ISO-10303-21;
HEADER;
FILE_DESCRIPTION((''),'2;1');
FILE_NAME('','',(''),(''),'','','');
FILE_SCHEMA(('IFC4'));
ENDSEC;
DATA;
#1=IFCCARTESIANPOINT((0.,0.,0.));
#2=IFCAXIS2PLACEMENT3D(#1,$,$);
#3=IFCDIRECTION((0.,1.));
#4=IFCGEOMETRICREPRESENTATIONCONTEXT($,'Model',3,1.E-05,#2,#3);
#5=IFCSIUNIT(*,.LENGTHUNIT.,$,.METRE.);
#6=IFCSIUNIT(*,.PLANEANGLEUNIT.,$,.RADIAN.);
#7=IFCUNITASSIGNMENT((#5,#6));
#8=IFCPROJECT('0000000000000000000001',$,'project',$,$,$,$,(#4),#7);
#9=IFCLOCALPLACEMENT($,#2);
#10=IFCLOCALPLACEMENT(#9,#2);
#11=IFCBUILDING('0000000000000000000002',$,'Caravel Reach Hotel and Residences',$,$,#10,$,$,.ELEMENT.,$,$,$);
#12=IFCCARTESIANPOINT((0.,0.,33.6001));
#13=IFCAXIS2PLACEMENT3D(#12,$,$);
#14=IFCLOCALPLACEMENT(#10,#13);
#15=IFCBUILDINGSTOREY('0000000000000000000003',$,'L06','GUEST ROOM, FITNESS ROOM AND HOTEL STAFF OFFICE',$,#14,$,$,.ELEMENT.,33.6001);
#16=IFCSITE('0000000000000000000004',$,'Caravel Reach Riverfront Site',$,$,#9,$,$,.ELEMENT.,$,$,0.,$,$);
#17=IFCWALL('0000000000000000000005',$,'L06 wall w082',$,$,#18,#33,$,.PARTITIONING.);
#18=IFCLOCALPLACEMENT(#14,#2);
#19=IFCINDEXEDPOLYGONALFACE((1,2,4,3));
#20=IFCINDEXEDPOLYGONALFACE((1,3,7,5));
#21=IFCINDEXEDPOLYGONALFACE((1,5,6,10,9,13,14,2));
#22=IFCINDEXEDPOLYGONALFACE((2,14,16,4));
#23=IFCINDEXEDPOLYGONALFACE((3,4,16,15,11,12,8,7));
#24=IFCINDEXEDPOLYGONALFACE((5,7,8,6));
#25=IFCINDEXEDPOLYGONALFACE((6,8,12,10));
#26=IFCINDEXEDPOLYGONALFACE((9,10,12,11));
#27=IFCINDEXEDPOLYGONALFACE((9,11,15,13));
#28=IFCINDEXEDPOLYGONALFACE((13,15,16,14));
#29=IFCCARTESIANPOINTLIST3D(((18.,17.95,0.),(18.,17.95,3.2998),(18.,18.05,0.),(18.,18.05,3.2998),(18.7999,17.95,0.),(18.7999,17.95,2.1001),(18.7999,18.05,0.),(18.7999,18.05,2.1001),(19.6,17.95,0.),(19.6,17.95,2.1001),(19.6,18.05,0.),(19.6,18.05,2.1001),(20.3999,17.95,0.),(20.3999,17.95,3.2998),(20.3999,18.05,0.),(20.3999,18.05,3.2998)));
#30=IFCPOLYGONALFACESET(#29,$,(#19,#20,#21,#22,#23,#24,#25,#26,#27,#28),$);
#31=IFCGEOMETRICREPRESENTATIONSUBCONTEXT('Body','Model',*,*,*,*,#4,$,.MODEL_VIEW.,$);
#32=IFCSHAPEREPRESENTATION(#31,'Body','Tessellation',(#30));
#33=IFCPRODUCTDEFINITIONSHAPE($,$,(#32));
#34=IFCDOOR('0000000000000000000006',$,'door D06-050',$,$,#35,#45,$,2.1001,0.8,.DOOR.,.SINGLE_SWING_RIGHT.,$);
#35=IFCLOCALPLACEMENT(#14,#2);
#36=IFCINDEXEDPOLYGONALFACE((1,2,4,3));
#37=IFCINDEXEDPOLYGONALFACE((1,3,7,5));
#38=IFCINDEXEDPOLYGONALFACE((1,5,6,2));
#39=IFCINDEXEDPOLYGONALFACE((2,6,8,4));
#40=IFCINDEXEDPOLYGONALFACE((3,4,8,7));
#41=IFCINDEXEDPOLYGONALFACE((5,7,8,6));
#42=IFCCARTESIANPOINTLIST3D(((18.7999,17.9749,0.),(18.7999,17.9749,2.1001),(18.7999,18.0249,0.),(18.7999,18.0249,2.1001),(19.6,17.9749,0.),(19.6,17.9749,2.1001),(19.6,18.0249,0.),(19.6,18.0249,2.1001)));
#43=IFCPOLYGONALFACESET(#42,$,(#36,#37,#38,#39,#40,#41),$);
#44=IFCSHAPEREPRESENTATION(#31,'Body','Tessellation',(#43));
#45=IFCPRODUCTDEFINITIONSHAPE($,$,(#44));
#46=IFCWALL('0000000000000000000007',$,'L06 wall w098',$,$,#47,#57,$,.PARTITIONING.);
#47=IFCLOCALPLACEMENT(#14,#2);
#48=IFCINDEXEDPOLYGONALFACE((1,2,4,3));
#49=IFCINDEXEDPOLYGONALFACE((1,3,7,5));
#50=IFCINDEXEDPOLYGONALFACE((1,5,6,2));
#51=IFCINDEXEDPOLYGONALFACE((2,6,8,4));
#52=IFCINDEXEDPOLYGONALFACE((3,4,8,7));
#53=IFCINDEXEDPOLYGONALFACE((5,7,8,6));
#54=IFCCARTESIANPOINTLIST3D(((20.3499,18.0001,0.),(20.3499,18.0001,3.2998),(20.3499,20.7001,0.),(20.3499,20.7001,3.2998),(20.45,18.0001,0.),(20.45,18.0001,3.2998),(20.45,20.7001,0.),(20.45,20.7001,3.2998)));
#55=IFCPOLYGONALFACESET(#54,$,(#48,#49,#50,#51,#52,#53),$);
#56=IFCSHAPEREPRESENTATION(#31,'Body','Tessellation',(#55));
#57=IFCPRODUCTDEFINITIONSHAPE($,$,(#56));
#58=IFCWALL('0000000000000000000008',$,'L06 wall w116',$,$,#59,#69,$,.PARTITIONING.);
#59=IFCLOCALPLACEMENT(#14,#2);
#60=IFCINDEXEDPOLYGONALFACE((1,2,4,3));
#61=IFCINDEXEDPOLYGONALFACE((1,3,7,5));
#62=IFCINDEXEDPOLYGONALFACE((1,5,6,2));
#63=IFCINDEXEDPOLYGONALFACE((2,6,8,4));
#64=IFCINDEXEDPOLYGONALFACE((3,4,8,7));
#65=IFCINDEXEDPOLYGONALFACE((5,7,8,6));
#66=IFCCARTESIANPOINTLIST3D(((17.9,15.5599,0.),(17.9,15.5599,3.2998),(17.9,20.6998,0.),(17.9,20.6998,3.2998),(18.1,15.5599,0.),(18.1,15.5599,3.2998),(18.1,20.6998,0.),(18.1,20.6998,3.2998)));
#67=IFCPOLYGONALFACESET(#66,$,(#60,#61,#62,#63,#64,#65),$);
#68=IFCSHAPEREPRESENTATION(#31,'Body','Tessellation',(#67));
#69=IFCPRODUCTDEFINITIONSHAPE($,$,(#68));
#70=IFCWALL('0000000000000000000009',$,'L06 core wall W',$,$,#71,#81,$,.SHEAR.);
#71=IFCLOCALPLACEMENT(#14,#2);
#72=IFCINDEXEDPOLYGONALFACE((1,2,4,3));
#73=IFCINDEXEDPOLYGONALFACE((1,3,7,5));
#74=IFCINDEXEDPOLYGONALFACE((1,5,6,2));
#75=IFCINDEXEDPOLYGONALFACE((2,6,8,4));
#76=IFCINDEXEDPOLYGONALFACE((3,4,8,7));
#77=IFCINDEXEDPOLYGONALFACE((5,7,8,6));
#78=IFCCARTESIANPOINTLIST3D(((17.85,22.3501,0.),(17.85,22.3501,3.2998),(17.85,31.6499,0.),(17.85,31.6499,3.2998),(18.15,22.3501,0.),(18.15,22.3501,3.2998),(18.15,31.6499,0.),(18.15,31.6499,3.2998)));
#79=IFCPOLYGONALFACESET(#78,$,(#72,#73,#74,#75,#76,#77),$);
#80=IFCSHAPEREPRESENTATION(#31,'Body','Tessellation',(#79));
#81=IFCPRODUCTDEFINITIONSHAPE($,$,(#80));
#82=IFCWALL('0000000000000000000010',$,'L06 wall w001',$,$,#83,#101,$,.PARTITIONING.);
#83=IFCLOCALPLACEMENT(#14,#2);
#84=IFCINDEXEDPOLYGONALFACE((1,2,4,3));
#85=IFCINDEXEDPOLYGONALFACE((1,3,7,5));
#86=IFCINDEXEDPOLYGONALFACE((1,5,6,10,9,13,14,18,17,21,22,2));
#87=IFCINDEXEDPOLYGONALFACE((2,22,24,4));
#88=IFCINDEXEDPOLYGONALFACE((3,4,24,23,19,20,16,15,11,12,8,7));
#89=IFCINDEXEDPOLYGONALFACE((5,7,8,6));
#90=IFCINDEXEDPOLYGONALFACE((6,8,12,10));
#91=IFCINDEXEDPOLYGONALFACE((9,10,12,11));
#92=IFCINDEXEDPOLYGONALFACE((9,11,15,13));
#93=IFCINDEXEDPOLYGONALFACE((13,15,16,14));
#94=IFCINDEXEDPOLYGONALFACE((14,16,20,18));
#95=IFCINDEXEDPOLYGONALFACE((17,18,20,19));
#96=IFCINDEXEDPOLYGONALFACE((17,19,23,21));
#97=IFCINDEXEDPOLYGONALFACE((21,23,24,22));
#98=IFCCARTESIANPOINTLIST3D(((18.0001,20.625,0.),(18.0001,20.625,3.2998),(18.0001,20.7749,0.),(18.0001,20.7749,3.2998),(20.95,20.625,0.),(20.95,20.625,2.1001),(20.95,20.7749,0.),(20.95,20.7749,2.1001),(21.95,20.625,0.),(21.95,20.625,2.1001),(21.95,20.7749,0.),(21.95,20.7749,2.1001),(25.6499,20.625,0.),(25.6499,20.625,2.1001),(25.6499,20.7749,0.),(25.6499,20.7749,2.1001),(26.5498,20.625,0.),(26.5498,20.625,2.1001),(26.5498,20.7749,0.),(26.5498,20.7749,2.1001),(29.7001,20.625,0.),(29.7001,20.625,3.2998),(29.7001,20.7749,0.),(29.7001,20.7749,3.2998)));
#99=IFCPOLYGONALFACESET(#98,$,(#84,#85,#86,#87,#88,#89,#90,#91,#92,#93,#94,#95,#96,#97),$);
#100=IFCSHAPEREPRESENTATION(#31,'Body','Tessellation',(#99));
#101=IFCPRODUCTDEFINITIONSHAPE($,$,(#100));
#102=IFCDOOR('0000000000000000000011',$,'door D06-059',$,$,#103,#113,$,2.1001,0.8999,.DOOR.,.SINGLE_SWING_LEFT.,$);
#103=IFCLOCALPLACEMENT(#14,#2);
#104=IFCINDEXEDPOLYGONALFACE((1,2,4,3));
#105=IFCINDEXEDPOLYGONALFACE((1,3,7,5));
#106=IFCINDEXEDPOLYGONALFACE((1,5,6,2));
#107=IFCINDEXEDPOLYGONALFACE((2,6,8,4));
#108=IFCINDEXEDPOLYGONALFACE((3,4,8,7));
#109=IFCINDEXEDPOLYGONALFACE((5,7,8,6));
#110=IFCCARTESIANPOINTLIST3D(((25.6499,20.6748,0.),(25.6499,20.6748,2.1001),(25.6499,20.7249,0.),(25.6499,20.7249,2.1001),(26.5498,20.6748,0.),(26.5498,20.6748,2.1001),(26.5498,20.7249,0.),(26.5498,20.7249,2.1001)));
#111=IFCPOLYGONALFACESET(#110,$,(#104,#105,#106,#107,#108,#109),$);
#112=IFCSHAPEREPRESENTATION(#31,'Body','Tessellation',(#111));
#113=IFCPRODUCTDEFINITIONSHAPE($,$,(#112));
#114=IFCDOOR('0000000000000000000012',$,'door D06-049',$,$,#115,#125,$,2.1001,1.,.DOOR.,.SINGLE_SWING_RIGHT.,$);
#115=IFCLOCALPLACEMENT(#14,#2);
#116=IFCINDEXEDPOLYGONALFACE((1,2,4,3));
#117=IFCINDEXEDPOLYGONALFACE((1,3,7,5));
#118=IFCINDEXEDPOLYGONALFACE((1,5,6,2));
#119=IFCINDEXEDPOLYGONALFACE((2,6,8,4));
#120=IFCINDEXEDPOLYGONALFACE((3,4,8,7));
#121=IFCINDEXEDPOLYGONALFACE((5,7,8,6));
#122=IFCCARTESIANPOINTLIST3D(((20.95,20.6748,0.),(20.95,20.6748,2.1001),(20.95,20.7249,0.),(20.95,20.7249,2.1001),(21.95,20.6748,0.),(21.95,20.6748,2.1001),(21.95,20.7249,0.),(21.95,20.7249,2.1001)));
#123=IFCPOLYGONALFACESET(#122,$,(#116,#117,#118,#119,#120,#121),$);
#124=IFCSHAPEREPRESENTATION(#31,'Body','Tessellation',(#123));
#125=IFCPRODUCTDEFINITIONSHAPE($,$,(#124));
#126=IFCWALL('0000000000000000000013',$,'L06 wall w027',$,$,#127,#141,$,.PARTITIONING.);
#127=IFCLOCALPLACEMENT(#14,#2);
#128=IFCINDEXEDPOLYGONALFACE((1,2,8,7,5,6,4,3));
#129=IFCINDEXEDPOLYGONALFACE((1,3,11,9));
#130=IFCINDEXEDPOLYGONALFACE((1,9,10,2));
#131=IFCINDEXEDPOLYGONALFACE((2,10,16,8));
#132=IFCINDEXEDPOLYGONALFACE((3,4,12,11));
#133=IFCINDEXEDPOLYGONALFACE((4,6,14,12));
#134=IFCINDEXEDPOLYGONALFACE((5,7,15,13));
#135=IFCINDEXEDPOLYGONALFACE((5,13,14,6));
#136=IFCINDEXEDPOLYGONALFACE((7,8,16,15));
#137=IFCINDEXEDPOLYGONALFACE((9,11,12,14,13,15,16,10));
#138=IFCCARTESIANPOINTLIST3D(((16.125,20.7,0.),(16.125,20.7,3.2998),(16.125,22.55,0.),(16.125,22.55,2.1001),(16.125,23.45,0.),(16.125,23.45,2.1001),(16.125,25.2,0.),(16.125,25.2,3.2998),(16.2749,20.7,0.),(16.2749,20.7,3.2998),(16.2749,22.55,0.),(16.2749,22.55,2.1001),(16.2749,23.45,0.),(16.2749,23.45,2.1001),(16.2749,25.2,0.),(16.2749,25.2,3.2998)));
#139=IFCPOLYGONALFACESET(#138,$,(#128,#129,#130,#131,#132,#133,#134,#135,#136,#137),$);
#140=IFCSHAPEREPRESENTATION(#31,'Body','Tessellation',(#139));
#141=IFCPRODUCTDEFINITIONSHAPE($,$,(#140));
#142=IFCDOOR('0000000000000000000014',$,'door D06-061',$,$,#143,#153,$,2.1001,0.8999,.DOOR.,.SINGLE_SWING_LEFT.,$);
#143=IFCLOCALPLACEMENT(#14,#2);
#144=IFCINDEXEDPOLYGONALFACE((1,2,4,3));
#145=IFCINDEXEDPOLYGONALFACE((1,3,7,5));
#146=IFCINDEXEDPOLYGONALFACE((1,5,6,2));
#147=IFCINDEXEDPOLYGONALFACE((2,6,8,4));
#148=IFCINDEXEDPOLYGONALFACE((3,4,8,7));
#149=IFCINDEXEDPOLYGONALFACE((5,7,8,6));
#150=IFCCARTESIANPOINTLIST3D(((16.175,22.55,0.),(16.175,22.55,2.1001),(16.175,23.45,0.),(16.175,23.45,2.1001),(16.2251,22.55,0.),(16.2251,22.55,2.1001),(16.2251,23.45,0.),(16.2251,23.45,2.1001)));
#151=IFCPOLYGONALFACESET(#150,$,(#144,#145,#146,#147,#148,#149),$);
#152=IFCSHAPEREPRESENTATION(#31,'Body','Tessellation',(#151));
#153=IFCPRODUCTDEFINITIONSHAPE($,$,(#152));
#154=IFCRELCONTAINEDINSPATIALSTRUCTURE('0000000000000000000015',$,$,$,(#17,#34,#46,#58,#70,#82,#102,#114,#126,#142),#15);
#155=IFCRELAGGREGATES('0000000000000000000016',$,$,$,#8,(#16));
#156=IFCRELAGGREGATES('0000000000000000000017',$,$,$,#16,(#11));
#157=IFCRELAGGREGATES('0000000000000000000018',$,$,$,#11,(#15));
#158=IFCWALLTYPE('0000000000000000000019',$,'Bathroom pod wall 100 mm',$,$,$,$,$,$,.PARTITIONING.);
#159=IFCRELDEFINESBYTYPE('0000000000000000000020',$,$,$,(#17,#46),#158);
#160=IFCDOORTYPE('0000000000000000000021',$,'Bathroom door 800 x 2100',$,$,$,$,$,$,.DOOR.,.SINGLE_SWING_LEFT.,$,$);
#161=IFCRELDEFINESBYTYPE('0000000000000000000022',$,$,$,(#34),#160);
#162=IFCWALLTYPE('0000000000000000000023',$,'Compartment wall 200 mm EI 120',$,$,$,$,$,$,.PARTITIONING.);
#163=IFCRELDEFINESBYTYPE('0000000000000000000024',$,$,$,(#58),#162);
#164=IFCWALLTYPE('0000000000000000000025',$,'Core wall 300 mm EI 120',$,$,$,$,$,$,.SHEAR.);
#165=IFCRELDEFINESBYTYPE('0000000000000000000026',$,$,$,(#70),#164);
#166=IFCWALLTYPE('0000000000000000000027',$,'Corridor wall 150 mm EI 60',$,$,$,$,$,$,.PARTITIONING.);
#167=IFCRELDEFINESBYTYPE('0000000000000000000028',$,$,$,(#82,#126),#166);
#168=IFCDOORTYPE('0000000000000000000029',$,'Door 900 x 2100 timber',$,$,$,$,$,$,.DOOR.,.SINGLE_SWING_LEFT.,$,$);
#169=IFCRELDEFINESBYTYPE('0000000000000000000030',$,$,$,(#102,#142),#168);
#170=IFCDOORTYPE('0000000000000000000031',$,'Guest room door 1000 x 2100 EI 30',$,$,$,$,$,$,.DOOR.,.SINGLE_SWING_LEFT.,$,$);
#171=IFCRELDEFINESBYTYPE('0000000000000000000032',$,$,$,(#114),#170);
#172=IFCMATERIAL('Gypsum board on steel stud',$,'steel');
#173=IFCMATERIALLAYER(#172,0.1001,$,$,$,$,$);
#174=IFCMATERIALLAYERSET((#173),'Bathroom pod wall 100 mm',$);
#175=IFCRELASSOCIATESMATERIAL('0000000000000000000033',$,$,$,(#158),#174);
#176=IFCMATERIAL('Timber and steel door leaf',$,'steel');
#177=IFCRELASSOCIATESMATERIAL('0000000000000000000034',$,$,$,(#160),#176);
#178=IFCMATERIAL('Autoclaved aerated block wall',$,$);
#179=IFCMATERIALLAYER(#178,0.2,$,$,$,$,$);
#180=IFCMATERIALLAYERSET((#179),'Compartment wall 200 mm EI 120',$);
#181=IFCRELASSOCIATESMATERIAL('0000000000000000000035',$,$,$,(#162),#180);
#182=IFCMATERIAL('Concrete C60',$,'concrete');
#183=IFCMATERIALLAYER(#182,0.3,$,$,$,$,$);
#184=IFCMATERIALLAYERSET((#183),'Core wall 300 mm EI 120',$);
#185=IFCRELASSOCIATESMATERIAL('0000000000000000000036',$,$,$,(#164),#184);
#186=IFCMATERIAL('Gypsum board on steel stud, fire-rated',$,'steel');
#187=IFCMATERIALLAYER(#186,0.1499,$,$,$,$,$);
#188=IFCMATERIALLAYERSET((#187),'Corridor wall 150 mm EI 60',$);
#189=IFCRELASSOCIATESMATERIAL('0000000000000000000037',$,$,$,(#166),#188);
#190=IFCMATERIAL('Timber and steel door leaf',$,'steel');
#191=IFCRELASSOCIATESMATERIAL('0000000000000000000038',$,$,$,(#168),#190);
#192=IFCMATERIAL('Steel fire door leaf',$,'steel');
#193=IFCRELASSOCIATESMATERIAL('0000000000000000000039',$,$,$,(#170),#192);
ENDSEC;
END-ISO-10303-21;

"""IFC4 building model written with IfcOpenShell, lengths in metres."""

from ifc_helpers import new_model, si_unit, direction, frame, frame_2d, origin, place, context, subcontext, project, spatial, rectangle, extrude, material, layer, layer_set, type_object, element, fill, save


model = new_model("IFC4")

# Units and contexts
model_context = context("Model", 3, precision=1e-05, world=origin(), true_north=direction((0.0, 1.0)))
body_context = subcontext(model_context, "Body", "Model", "MODEL_VIEW")
ifc_project = project(units=[si_unit("LENGTHUNIT", "METRE"), si_unit("PLANEANGLEUNIT", "RADIAN")], contexts=[model_context])

# Site, building, storey
site_placement = place(None, origin())
site = spatial("IfcSite", under=ifc_project, at=site_placement, Name="Caravel Reach Riverfront Site", CompositionType="ELEMENT", RefElevation=0.0)
building_placement = place(site_placement, origin())
building = spatial("IfcBuilding", under=site, at=building_placement, Name="Caravel Reach Hotel and Residences", CompositionType="ELEMENT")
storey_placement = place(building_placement, frame((0.0, 0.0, 33.6001)))
storey = spatial("IfcBuildingStorey", under=building, at=storey_placement, Name="L06", Description="GUEST ROOM, FITNESS ROOM AND HOTEL STAFF OFFICE", CompositionType="ELEMENT", Elevation=33.6001)

# Wall, opening, door
ifc_material_1 = material(Name="Gypsum board on steel stud", Category="steel")
ifc_layer_1 = layer(ifc_material_1, 0.1001)
ifc_layer_set_1 = layer_set([ifc_layer_1], Name="Bathroom pod wall 100 mm")
wall_type_1 = type_object("IfcWallType", Name="Bathroom pod wall 100 mm", PredefinedType="PARTITIONING", material=ifc_layer_set_1)
wall_1_placement = place(storey_placement, frame((18.0, 18.0, 0.0), z_axis=(0.0, 0.0, 1.0), x_axis=(1.0, 0.0, 0.0)))
wall_1 = element("IfcWall", 1, at=wall_1_placement, inside=storey, type_object=wall_type_1, Name="L06 wall w082", PredefinedType="PARTITIONING", context=body_context, shape_type="SweptSolid", body=[
    extrude(rectangle(XDim=2.3999, YDim=0.1001, at=frame_2d((1.2, 0.0))), origin(), (0.0, 0.0, 1.0), 3.2998),
])
opening_1_placement = place(wall_1_placement, frame((0.8, 0.0, 0.0)))
opening_1 = element("IfcOpeningElement", 2, at=opening_1_placement, cuts=wall_1, PredefinedType="OPENING", context=body_context, shape_type="SweptSolid", body=[
    extrude(rectangle(XDim=0.8, YDim=2.1001, at=frame_2d((0.3999, 1.05))), frame((0.0, 0.0601, 0.0), z_axis=(0.0, -1.0, 0.0), x_axis=(1.0, 0.0, 0.0)), (0.0, 0.0, 1.0), 0.1201),
])
ifc_material_2 = material(Name="Timber and steel door leaf", Category="steel")
door_type_1 = type_object("IfcDoorType", Name="Bathroom door 800 x 2100", OperationType="SINGLE_SWING_LEFT", PredefinedType="DOOR", material=ifc_material_2)
door_1_placement = place(opening_1_placement, origin())
door_1 = element("IfcDoor", 3, at=door_1_placement, inside=storey, type_object=door_type_1, Name="door D06-050", OperationType="SINGLE_SWING_RIGHT", OverallHeight=2.1001, OverallWidth=0.8, PredefinedType="DOOR", context=body_context, shape_type="SweptSolid", body=[
    extrude(rectangle(XDim=0.8, YDim=2.1001, at=frame_2d((0.3999, 1.05))), frame((0.0, 0.0249, 0.0), z_axis=(0.0, -1.0, 0.0), x_axis=(1.0, 0.0, 0.0)), (0.0, 0.0, 1.0), 0.05),
])
fill(opening_1, door_1)

# Walls
wall_2_placement = place(storey_placement, frame((20.3999, 18.0, 0.0), z_axis=(0.0, 0.0, 1.0), x_axis=(0.0, 1.0, 0.0)))
element("IfcWall", 4, at=wall_2_placement, inside=storey, type_object=wall_type_1, Name="L06 wall w098", PredefinedType="PARTITIONING", context=body_context, shape_type="SweptSolid", body=[
    extrude(rectangle(XDim=2.7, YDim=0.1001, at=frame_2d((1.3501, 0.0))), origin(), (0.0, 0.0, 1.0), 3.2998),
])
ifc_material_3 = material(Name="Autoclaved aerated block wall")
ifc_layer_2 = layer(ifc_material_3, 0.2)
ifc_layer_set_2 = layer_set([ifc_layer_2], Name="Compartment wall 200 mm EI 120")
wall_type_2 = type_object("IfcWallType", Name="Compartment wall 200 mm EI 120", PredefinedType="PARTITIONING", material=ifc_layer_set_2)
wall_3_placement = place(storey_placement, frame((18.0, 15.5601, 0.0), z_axis=(0.0, 0.0, 1.0), x_axis=(0.0, 1.0, 0.0)))
element("IfcWall", 5, at=wall_3_placement, inside=storey, type_object=wall_type_2, Name="L06 wall w116", PredefinedType="PARTITIONING", context=body_context, shape_type="SweptSolid", body=[
    extrude(rectangle(XDim=5.1399, YDim=0.2, at=frame_2d((2.5698, 0.0))), origin(), (0.0, 0.0, 1.0), 3.2998),
])
ifc_material_4 = material(Name="Concrete C60", Category="concrete")
ifc_layer_3 = layer(ifc_material_4, 0.3)
ifc_layer_set_3 = layer_set([ifc_layer_3], Name="Core wall 300 mm EI 120")
wall_type_3 = type_object("IfcWallType", Name="Core wall 300 mm EI 120", PredefinedType="SHEAR", material=ifc_layer_set_3)
wall_4_placement = place(storey_placement, frame((18.0, 22.3501, 0.0), z_axis=(0.0, 0.0, 1.0), x_axis=(0.0, 1.0, 0.0)))
element("IfcWall", 6, at=wall_4_placement, inside=storey, type_object=wall_type_3, Name="L06 core wall W", PredefinedType="SHEAR", context=body_context, shape_type="SweptSolid", body=[
    extrude(rectangle(XDim=9.2998, YDim=0.3, at=frame_2d((4.6499, 0.0))), origin(), (0.0, 0.0, 1.0), 3.2998),
])

# Wall, openings, doors
ifc_material_5 = material(Name="Gypsum board on steel stud, fire-rated", Category="steel")
ifc_layer_4 = layer(ifc_material_5, 0.1499)
ifc_layer_set_4 = layer_set([ifc_layer_4], Name="Corridor wall 150 mm EI 60")
wall_type_4 = type_object("IfcWallType", Name="Corridor wall 150 mm EI 60", PredefinedType="PARTITIONING", material=ifc_layer_set_4)
wall_5_placement = place(storey_placement, frame((18.0, 20.7, 0.0), z_axis=(0.0, 0.0, 1.0), x_axis=(1.0, 0.0, 0.0)))
wall_5 = element("IfcWall", 7, at=wall_5_placement, inside=storey, type_object=wall_type_4, Name="L06 wall w001", PredefinedType="PARTITIONING", context=body_context, shape_type="SweptSolid", body=[
    extrude(rectangle(XDim=11.7, YDim=0.1499, at=frame_2d((5.8501, 0.0))), origin(), (0.0, 0.0, 1.0), 3.2998),
])
opening_2_placement = place(wall_5_placement, frame((2.95, 0.0, 0.0)))
opening_2 = element("IfcOpeningElement", 8, at=opening_2_placement, cuts=wall_5, PredefinedType="OPENING", context=body_context, shape_type="SweptSolid", body=[
    extrude(rectangle(XDim=1.0, YDim=2.1001, at=frame_2d((0.5, 1.05))), frame((0.0, 0.085, 0.0), z_axis=(0.0, -1.0, 0.0), x_axis=(1.0, 0.0, 0.0)), (0.0, 0.0, 1.0), 0.1699),
])
opening_3_placement = place(wall_5_placement, frame((7.6499, 0.0, 0.0)))
opening_3 = element("IfcOpeningElement", 9, at=opening_3_placement, cuts=wall_5, PredefinedType="OPENING", context=body_context, shape_type="SweptSolid", body=[
    extrude(rectangle(XDim=0.8999, YDim=2.1001, at=frame_2d((0.45, 1.05))), frame((0.0, 0.085, 0.0), z_axis=(0.0, -1.0, 0.0), x_axis=(1.0, 0.0, 0.0)), (0.0, 0.0, 1.0), 0.1699),
])
ifc_material_6 = material(Name="Timber and steel door leaf", Category="steel")
door_type_2 = type_object("IfcDoorType", Name="Door 900 x 2100 timber", OperationType="SINGLE_SWING_LEFT", PredefinedType="DOOR", material=ifc_material_6)
door_2_placement = place(opening_3_placement, origin())
door_2 = element("IfcDoor", 10, at=door_2_placement, inside=storey, type_object=door_type_2, Name="door D06-059", OperationType="SINGLE_SWING_LEFT", OverallHeight=2.1001, OverallWidth=0.8999, PredefinedType="DOOR", context=body_context, shape_type="SweptSolid", body=[
    extrude(rectangle(XDim=0.8999, YDim=2.1001, at=frame_2d((0.45, 1.05))), frame((0.0, 0.0249, 0.0), z_axis=(0.0, -1.0, 0.0), x_axis=(1.0, 0.0, 0.0)), (0.0, 0.0, 1.0), 0.05),
])
fill(opening_3, door_2)
ifc_material_7 = material(Name="Steel fire door leaf", Category="steel")
door_type_3 = type_object("IfcDoorType", Name="Guest room door 1000 x 2100 EI 30", OperationType="SINGLE_SWING_LEFT", PredefinedType="DOOR", material=ifc_material_7)
door_3_placement = place(opening_2_placement, origin())
door_3 = element("IfcDoor", 11, at=door_3_placement, inside=storey, type_object=door_type_3, Name="door D06-049", OperationType="SINGLE_SWING_RIGHT", OverallHeight=2.1001, OverallWidth=1.0, PredefinedType="DOOR", context=body_context, shape_type="SweptSolid", body=[
    extrude(rectangle(XDim=1.0, YDim=2.1001, at=frame_2d((0.5, 1.05))), frame((0.0, 0.0249, 0.0), z_axis=(0.0, -1.0, 0.0), x_axis=(1.0, 0.0, 0.0)), (0.0, 0.0, 1.0), 0.05),
])
fill(opening_2, door_3)

# Wall, opening, door
wall_6_placement = place(storey_placement, frame((16.2, 20.7, 0.0), z_axis=(0.0, 0.0, 1.0), x_axis=(0.0, 1.0, 0.0)))
wall_6 = element("IfcWall", 12, at=wall_6_placement, inside=storey, type_object=wall_type_4, Name="L06 wall w027", PredefinedType="PARTITIONING", context=body_context, shape_type="SweptSolid", body=[
    extrude(rectangle(XDim=4.5, YDim=0.1499, at=frame_2d((2.25, 0.0))), origin(), (0.0, 0.0, 1.0), 3.2998),
])
opening_4_placement = place(wall_6_placement, frame((1.8501, 0.0, 0.0)))
opening_4 = element("IfcOpeningElement", 13, at=opening_4_placement, cuts=wall_6, PredefinedType="OPENING", context=body_context, shape_type="SweptSolid", body=[
    extrude(rectangle(XDim=0.8999, YDim=2.1001, at=frame_2d((0.45, 1.05))), frame((0.0, 0.085, 0.0), z_axis=(0.0, -1.0, 0.0), x_axis=(1.0, 0.0, 0.0)), (0.0, 0.0, 1.0), 0.1699),
])
door_4_placement = place(opening_4_placement, origin())
door_4 = element("IfcDoor", 14, at=door_4_placement, inside=storey, type_object=door_type_2, Name="door D06-061", OperationType="SINGLE_SWING_LEFT", OverallHeight=2.1001, OverallWidth=0.8999, PredefinedType="DOOR", context=body_context, shape_type="SweptSolid", body=[
    extrude(rectangle(XDim=0.8999, YDim=2.1001, at=frame_2d((0.45, 1.05))), frame((0.0, 0.0249, 0.0), z_axis=(0.0, -1.0, 0.0), x_axis=(1.0, 0.0, 0.0)), (0.0, 0.0, 1.0), 0.05),
])
fill(opening_4, door_4)

save(model, "model.ifc")
